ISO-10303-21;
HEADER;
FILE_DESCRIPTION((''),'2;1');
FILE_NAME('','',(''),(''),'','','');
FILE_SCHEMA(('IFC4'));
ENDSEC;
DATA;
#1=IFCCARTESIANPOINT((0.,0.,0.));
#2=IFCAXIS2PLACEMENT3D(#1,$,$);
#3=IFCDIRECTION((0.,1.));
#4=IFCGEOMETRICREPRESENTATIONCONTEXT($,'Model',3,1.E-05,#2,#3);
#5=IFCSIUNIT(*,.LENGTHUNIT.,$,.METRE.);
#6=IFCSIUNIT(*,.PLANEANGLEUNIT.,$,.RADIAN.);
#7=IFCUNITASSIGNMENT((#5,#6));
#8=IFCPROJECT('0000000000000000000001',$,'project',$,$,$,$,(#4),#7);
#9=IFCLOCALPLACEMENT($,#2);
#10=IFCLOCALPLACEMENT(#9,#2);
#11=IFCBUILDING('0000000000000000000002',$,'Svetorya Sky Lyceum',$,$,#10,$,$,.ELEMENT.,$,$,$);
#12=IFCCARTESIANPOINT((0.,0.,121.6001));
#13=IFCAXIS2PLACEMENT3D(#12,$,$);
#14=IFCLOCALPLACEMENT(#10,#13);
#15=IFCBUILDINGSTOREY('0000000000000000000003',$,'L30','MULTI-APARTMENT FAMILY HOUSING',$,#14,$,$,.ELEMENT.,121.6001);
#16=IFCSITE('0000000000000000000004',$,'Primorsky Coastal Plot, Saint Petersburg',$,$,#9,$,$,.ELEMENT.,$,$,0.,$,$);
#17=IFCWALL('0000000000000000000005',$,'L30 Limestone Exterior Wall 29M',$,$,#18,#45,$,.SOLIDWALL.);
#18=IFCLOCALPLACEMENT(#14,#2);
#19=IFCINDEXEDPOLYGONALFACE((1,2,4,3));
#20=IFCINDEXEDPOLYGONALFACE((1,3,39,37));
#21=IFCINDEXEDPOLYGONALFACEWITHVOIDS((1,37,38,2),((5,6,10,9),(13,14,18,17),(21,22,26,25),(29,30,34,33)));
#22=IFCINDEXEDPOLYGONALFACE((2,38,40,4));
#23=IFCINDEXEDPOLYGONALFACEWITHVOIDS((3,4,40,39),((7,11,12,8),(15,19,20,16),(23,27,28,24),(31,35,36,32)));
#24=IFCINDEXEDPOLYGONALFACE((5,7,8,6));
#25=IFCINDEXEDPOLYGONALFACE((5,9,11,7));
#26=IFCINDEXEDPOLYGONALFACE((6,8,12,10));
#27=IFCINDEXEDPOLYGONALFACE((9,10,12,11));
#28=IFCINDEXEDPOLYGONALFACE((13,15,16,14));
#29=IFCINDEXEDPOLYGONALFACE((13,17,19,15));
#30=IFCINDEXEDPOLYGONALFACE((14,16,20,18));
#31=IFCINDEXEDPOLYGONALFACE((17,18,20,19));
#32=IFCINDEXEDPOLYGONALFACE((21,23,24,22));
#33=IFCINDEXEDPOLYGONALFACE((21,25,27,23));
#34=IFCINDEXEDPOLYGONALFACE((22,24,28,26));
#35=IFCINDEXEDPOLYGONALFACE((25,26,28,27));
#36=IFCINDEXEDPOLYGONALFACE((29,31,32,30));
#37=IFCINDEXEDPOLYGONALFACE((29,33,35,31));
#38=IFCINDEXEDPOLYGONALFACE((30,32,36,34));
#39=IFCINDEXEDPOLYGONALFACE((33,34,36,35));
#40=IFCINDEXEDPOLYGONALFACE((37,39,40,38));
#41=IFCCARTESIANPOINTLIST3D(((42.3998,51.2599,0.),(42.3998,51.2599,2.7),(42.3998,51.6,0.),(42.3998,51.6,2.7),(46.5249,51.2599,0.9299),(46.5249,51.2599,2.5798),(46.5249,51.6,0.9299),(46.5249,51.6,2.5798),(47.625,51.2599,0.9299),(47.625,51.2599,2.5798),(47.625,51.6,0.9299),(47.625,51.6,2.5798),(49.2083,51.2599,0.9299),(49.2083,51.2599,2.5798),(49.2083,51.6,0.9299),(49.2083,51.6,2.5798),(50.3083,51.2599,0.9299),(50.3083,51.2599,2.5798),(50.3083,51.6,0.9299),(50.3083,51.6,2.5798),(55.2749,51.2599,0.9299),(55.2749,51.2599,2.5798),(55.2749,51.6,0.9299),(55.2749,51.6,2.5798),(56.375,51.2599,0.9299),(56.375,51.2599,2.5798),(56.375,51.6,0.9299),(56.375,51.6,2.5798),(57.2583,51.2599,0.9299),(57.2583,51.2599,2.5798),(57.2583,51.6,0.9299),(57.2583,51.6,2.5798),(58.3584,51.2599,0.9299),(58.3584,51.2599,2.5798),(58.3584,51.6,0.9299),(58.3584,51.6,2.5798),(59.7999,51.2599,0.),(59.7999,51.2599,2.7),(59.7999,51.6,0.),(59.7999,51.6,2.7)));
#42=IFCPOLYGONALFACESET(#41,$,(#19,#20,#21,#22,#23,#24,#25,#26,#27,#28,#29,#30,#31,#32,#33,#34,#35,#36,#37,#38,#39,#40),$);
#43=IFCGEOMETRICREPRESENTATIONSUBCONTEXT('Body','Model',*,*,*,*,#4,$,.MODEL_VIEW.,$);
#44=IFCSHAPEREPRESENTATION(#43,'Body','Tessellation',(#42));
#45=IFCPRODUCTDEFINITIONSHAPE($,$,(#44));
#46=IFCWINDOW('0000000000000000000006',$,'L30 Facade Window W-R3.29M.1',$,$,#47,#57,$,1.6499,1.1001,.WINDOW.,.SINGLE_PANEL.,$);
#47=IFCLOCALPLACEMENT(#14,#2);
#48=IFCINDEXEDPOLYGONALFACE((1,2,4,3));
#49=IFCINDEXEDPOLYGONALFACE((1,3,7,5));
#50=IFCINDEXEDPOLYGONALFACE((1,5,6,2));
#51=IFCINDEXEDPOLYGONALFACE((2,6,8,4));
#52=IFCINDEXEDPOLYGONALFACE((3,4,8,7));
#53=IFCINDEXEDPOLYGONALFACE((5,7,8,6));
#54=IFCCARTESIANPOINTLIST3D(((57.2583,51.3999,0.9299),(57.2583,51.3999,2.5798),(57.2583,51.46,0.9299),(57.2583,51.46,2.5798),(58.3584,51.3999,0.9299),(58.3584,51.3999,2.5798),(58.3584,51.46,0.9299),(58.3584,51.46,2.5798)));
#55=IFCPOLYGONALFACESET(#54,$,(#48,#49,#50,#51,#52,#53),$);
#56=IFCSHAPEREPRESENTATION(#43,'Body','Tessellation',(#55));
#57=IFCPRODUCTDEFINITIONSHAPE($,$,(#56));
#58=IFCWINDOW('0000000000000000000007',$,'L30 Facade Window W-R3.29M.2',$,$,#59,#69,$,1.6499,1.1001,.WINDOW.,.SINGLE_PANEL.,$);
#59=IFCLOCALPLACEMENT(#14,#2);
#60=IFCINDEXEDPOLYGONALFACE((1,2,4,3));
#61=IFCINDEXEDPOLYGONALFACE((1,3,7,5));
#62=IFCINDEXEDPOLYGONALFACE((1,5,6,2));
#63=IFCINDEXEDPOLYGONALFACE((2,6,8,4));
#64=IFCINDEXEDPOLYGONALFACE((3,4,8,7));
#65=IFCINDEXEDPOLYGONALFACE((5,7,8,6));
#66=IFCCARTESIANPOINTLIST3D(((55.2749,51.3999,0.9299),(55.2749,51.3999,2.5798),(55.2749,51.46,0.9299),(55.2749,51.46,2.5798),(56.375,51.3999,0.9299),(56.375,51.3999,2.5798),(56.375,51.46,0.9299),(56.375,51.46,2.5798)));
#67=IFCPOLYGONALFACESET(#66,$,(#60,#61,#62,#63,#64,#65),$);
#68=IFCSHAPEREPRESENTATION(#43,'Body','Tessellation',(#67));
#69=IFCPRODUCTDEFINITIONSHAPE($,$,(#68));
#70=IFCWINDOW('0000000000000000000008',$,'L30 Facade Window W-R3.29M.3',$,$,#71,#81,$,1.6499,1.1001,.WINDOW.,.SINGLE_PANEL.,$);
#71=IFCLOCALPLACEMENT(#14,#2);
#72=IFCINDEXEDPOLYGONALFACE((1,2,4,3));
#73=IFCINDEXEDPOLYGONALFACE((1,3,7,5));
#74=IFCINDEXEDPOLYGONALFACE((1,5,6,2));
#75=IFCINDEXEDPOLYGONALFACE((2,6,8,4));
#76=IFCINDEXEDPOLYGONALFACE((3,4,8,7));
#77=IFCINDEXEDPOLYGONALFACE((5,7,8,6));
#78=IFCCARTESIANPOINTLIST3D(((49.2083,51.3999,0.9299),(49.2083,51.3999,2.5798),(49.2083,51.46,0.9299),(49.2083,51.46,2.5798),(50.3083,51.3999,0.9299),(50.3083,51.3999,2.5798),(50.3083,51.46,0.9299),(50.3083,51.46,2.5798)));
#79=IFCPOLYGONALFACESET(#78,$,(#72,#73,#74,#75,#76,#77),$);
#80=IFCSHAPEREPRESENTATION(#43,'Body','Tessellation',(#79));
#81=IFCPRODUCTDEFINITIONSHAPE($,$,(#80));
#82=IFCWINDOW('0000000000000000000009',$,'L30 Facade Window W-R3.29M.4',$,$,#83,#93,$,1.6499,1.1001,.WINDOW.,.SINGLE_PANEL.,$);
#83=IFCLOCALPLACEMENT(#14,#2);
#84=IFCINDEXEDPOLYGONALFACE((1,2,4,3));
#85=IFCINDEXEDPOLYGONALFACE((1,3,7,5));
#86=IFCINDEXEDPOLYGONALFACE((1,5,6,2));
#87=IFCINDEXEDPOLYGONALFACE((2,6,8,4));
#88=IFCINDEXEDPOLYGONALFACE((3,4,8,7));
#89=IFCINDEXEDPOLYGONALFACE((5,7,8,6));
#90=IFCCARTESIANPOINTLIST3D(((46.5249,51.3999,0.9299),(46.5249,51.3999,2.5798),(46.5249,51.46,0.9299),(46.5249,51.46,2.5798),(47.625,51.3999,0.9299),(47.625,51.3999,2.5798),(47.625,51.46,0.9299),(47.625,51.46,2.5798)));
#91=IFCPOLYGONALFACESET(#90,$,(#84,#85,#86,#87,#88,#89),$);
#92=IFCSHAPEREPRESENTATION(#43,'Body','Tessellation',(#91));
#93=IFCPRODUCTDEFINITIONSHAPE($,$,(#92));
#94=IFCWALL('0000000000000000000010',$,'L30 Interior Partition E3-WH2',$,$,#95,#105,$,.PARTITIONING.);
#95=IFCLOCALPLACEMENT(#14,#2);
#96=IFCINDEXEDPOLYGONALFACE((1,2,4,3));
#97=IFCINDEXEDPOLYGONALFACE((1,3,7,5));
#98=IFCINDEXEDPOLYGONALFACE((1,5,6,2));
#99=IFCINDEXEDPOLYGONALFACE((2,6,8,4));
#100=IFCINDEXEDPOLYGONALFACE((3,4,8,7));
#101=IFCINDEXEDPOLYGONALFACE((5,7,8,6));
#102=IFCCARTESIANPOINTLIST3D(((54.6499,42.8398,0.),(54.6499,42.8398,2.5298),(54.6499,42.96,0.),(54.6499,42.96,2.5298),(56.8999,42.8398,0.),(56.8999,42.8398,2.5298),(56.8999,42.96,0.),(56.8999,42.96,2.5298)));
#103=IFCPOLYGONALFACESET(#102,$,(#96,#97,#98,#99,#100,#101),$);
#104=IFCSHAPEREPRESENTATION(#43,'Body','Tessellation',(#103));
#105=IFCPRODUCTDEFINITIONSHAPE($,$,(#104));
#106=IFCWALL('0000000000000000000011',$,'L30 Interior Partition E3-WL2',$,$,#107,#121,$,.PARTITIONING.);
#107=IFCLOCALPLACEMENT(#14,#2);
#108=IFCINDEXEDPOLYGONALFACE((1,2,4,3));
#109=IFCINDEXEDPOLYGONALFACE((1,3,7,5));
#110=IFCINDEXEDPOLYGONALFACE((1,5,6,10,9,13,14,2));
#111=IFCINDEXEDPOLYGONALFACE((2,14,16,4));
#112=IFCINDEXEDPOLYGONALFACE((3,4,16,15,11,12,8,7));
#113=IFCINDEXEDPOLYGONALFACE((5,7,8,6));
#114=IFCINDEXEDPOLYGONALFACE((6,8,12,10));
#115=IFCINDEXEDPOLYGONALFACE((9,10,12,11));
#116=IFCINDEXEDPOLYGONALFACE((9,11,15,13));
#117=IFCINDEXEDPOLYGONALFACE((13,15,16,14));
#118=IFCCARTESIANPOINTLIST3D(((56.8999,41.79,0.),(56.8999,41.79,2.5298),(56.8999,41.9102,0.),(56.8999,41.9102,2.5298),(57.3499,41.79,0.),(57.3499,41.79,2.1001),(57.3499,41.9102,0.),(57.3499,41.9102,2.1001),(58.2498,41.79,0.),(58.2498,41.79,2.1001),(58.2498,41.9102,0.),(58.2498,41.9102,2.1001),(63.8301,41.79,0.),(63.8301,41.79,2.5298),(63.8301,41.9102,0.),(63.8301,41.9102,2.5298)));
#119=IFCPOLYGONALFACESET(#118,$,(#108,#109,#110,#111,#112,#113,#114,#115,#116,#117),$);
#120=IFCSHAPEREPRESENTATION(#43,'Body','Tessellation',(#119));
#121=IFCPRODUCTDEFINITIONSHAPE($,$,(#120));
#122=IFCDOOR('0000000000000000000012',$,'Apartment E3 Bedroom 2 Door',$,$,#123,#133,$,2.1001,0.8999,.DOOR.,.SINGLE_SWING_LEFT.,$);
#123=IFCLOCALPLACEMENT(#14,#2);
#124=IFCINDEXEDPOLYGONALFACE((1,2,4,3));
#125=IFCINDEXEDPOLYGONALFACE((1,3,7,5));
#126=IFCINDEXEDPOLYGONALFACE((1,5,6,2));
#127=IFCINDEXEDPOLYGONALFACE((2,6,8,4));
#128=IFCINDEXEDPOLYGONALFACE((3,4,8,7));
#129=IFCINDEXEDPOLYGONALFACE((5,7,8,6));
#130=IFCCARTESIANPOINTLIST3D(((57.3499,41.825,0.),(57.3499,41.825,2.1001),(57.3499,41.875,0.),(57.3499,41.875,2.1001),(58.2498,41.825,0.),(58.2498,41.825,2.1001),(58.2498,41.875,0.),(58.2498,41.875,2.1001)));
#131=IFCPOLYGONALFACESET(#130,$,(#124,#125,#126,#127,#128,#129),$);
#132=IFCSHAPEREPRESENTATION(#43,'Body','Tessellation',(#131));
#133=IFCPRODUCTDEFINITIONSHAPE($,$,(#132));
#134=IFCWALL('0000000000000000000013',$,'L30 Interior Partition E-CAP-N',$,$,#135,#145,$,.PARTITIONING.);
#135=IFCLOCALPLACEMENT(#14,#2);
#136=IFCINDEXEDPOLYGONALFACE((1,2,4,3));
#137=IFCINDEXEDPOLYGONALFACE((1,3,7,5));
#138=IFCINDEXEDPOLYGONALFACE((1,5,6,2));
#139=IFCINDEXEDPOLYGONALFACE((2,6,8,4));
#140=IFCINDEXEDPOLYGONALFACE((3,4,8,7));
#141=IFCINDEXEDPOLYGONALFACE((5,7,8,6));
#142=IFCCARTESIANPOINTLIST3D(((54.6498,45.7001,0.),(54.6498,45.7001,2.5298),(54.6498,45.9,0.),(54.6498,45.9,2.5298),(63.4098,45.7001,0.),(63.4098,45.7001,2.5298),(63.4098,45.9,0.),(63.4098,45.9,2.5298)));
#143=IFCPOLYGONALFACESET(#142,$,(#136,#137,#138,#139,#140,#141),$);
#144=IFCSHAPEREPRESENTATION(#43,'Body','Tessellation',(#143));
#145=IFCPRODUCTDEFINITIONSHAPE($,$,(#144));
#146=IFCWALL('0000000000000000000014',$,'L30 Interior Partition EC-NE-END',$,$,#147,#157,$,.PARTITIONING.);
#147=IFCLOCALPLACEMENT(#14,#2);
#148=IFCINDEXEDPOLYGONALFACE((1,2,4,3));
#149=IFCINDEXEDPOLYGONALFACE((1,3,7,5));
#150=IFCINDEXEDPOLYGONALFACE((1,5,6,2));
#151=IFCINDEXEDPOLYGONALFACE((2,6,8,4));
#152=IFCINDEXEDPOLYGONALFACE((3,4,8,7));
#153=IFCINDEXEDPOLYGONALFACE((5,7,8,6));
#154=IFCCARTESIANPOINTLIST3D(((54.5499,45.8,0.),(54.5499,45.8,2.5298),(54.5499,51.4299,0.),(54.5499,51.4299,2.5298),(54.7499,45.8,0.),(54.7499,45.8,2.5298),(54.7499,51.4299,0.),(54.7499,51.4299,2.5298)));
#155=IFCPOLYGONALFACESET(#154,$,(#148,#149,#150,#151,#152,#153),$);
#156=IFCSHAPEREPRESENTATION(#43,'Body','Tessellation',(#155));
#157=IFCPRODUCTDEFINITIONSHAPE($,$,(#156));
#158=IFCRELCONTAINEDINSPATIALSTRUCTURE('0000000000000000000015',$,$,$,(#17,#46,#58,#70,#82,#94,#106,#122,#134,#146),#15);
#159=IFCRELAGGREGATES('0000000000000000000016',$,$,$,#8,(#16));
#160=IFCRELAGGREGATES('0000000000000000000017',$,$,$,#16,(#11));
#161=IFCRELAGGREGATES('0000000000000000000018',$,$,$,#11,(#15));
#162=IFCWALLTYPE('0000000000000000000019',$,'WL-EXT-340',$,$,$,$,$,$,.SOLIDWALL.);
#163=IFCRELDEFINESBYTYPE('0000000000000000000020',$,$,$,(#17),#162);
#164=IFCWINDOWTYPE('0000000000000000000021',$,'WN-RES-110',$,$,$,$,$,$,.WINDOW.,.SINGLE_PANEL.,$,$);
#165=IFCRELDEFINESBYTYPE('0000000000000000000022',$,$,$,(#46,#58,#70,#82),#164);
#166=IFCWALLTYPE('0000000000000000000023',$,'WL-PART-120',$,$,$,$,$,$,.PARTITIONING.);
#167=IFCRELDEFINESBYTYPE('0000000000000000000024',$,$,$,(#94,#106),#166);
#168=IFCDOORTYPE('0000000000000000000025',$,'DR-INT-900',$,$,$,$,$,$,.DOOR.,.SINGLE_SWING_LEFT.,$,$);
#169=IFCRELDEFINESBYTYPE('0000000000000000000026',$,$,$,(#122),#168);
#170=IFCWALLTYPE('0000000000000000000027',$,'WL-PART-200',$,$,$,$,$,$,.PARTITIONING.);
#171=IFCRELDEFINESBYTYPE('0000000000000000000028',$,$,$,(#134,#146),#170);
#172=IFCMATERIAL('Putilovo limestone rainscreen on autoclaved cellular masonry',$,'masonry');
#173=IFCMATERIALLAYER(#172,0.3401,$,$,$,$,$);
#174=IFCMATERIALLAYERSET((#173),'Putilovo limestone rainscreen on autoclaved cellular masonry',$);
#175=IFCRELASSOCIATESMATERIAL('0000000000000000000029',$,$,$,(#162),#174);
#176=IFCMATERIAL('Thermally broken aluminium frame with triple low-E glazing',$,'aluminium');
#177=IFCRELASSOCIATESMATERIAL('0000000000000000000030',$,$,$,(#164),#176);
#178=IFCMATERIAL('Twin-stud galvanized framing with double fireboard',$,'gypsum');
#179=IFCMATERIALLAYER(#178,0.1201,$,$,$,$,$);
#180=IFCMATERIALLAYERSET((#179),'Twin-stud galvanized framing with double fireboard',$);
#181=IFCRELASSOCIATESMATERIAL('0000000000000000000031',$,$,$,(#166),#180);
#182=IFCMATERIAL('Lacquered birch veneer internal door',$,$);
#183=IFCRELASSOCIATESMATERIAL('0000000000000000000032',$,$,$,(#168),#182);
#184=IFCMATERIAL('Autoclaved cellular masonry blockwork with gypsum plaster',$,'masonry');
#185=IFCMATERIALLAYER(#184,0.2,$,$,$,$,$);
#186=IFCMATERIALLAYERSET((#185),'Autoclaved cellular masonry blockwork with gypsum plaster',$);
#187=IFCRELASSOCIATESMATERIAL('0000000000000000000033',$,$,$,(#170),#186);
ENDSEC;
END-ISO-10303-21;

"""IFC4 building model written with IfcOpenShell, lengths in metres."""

from ifc_helpers import new_model, si_unit, direction, frame, frame_2d, origin, place, context, subcontext, project, spatial, rectangle, extrude, material, layer, layer_set, type_object, element, fill, save


model = new_model("IFC4")

# Units and contexts
model_context = context("Model", 3, precision=1e-05, world=origin(), true_north=direction((0.0, 1.0)))
body_context = subcontext(model_context, "Body", "Model", "MODEL_VIEW")
ifc_project = project(units=[si_unit("LENGTHUNIT", "METRE"), si_unit("PLANEANGLEUNIT", "RADIAN")], contexts=[model_context])

# Site, building, storey
site_placement = place(None, origin())
site = spatial("IfcSite", under=ifc_project, at=site_placement, Name="Primorsky Coastal Plot, Saint Petersburg", CompositionType="ELEMENT", RefElevation=0.0)
building_placement = place(site_placement, origin())
building = spatial("IfcBuilding", under=site, at=building_placement, Name="Svetorya Sky Lyceum", CompositionType="ELEMENT")
storey_placement = place(building_placement, frame((0.0, 0.0, 121.6001)))
storey = spatial("IfcBuildingStorey", under=building, at=storey_placement, Name="L30", Description="MULTI-APARTMENT FAMILY HOUSING", CompositionType="ELEMENT", Elevation=121.6001)

# Shared definitions
ifc_material_1 = material(Name="Putilovo limestone rainscreen on autoclaved cellular masonry", Category="masonry")
ifc_layer_1 = layer(ifc_material_1, 0.3401)
ifc_layer_set_1 = layer_set([ifc_layer_1], Name="Putilovo limestone rainscreen on autoclaved cellular masonry")
wall_type_1 = type_object("IfcWallType", Name="WL-EXT-340", PredefinedType="SOLIDWALL", material=ifc_layer_set_1)

# Wall, openings, windows
wall_1_placement = place(storey_placement, frame((59.8, 51.4299, 0.0), z_axis=(0.0, 0.0, 1.0), x_axis=(-1.0, 0.0, 0.0)))
wall_1 = element("IfcWall", 1, at=wall_1_placement, inside=storey, type_object=wall_type_1, Name="L30 Limestone Exterior Wall 29M", PredefinedType="SOLIDWALL", context=body_context, shape_type="SweptSolid", body=[
    extrude(rectangle(XDim=17.4001, YDim=0.3401, at=frame_2d((8.7002, 0.0))), origin(), (0.0, 0.0, 1.0), 2.7),
])
opening_1_placement = place(wall_1_placement, frame((1.4417, 0.0, 0.9299)))
opening_1 = element("IfcOpeningElement", 2, at=opening_1_placement, cuts=wall_1, PredefinedType="OPENING", context=body_context, shape_type="SweptSolid", body=[
    extrude(rectangle(XDim=1.1001, YDim=1.6499, at=frame_2d((0.55, 0.825))), frame((0.0, 0.1799, 0.0), z_axis=(0.0, -1.0, 0.0), x_axis=(1.0, 0.0, 0.0)), (0.0, 0.0, 1.0), 0.3601),
])
opening_2_placement = place(wall_1_placement, frame((3.425, 0.0, 0.9299)))
opening_2 = element("IfcOpeningElement", 3, at=opening_2_placement, cuts=wall_1, PredefinedType="OPENING", context=body_context, shape_type="SweptSolid", body=[
    extrude(rectangle(XDim=1.1001, YDim=1.6499, at=frame_2d((0.55, 0.825))), frame((0.0, 0.1799, 0.0), z_axis=(0.0, -1.0, 0.0), x_axis=(1.0, 0.0, 0.0)), (0.0, 0.0, 1.0), 0.3601),
])
opening_3_placement = place(wall_1_placement, frame((9.4917, 0.0, 0.9299)))
opening_3 = element("IfcOpeningElement", 4, at=opening_3_placement, cuts=wall_1, PredefinedType="OPENING", context=body_context, shape_type="SweptSolid", body=[
    extrude(rectangle(XDim=1.1001, YDim=1.6499, at=frame_2d((0.55, 0.825))), frame((0.0, 0.1799, 0.0), z_axis=(0.0, -1.0, 0.0), x_axis=(1.0, 0.0, 0.0)), (0.0, 0.0, 1.0), 0.3601),
])
opening_4_placement = place(wall_1_placement, frame((12.175, 0.0, 0.9299)))
opening_4 = element("IfcOpeningElement", 5, at=opening_4_placement, cuts=wall_1, PredefinedType="OPENING", context=body_context, shape_type="SweptSolid", body=[
    extrude(rectangle(XDim=1.1001, YDim=1.6499, at=frame_2d((0.55, 0.825))), frame((0.0, 0.1799, 0.0), z_axis=(0.0, -1.0, 0.0), x_axis=(1.0, 0.0, 0.0)), (0.0, 0.0, 1.0), 0.3601),
])
ifc_material_2 = material(Name="Thermally broken aluminium frame with triple low-E glazing", Category="aluminium")
window_type = type_object("IfcWindowType", Name="WN-RES-110", PartitioningType="SINGLE_PANEL", PredefinedType="WINDOW", material=ifc_material_2)
window_1_placement = place(opening_1_placement, origin())
window_1 = element("IfcWindow", 6, at=window_1_placement, inside=storey, type_object=window_type, Name="L30 Facade Window W-R3.29M.1", OverallHeight=1.6499, OverallWidth=1.1001, PartitioningType="SINGLE_PANEL", PredefinedType="WINDOW", context=body_context, shape_type="SweptSolid", body=[
    extrude(rectangle(XDim=1.1001, YDim=1.6499, at=frame_2d((0.55, 0.825))), frame((0.0, 0.03, 0.0), z_axis=(0.0, -1.0, 0.0), x_axis=(1.0, 0.0, 0.0)), (0.0, 0.0, 1.0), 0.0601),
])
fill(opening_1, window_1)
window_2_placement = place(opening_2_placement, origin())
window_2 = element("IfcWindow", 7, at=window_2_placement, inside=storey, type_object=window_type, Name="L30 Facade Window W-R3.29M.2", OverallHeight=1.6499, OverallWidth=1.1001, PartitioningType="SINGLE_PANEL", PredefinedType="WINDOW", context=body_context, shape_type="SweptSolid", body=[
    extrude(rectangle(XDim=1.1001, YDim=1.6499, at=frame_2d((0.55, 0.825))), frame((0.0, 0.03, 0.0), z_axis=(0.0, -1.0, 0.0), x_axis=(1.0, 0.0, 0.0)), (0.0, 0.0, 1.0), 0.0601),
])
fill(opening_2, window_2)
window_3_placement = place(opening_3_placement, origin())
window_3 = element("IfcWindow", 8, at=window_3_placement, inside=storey, type_object=window_type, Name="L30 Facade Window W-R3.29M.3", OverallHeight=1.6499, OverallWidth=1.1001, PartitioningType="SINGLE_PANEL", PredefinedType="WINDOW", context=body_context, shape_type="SweptSolid", body=[
    extrude(rectangle(XDim=1.1001, YDim=1.6499, at=frame_2d((0.55, 0.825))), frame((0.0, 0.03, 0.0), z_axis=(0.0, -1.0, 0.0), x_axis=(1.0, 0.0, 0.0)), (0.0, 0.0, 1.0), 0.0601),
])
fill(opening_3, window_3)
window_4_placement = place(opening_4_placement, origin())
window_4 = element("IfcWindow", 9, at=window_4_placement, inside=storey, type_object=window_type, Name="L30 Facade Window W-R3.29M.4", OverallHeight=1.6499, OverallWidth=1.1001, PartitioningType="SINGLE_PANEL", PredefinedType="WINDOW", context=body_context, shape_type="SweptSolid", body=[
    extrude(rectangle(XDim=1.1001, YDim=1.6499, at=frame_2d((0.55, 0.825))), frame((0.0, 0.03, 0.0), z_axis=(0.0, -1.0, 0.0), x_axis=(1.0, 0.0, 0.0)), (0.0, 0.0, 1.0), 0.0601),
])
fill(opening_4, window_4)

# Wall
ifc_material_3 = material(Name="Twin-stud galvanized framing with double fireboard", Category="gypsum")
ifc_layer_2 = layer(ifc_material_3, 0.1201)
ifc_layer_set_2 = layer_set([ifc_layer_2], Name="Twin-stud galvanized framing with double fireboard")
wall_type_2 = type_object("IfcWallType", Name="WL-PART-120", PredefinedType="PARTITIONING", material=ifc_layer_set_2)
wall_2_placement = place(storey_placement, frame((54.6499, 42.8999, 0.0), z_axis=(0.0, 0.0, 1.0), x_axis=(1.0, 0.0, 0.0)))
element("IfcWall", 10, at=wall_2_placement, inside=storey, type_object=wall_type_2, Name="L30 Interior Partition E3-WH2", PredefinedType="PARTITIONING", context=body_context, shape_type="SweptSolid", body=[
    extrude(rectangle(XDim=2.25, YDim=0.1201, at=frame_2d((1.125, 0.0))), origin(), (0.0, 0.0, 1.0), 2.5298),
])

# Wall, opening, door
wall_3_placement = place(storey_placement, frame((56.8999, 41.8501, 0.0), z_axis=(0.0, 0.0, 1.0), x_axis=(1.0, 0.0, 0.0)))
wall_3 = element("IfcWall", 11, at=wall_3_placement, inside=storey, type_object=wall_type_2, Name="L30 Interior Partition E3-WL2", PredefinedType="PARTITIONING", context=body_context, shape_type="SweptSolid", body=[
    extrude(rectangle(XDim=6.9302, YDim=0.1201, at=frame_2d((3.4651, 0.0))), origin(), (0.0, 0.0, 1.0), 2.5298),
])
opening_5_placement = place(wall_3_placement, frame((0.45, 0.0, 0.0)))
opening_5 = element("IfcOpeningElement", 12, at=opening_5_placement, cuts=wall_3, PredefinedType="OPENING", context=body_context, shape_type="SweptSolid", body=[
    extrude(rectangle(XDim=0.8999, YDim=2.1001, at=frame_2d((0.45, 1.05))), frame((0.0, 0.0701, 0.0), z_axis=(0.0, -1.0, 0.0), x_axis=(1.0, 0.0, 0.0)), (0.0, 0.0, 1.0), 0.1401),
])
ifc_material_4 = material(Name="Lacquered birch veneer internal door")
door_type = type_object("IfcDoorType", Name="DR-INT-900", OperationType="SINGLE_SWING_LEFT", PredefinedType="DOOR", material=ifc_material_4)
door_1_placement = place(opening_5_placement, origin())
door_1 = element("IfcDoor", 13, at=door_1_placement, inside=storey, type_object=door_type, Name="Apartment E3 Bedroom 2 Door", OperationType="SINGLE_SWING_LEFT", OverallHeight=2.1001, OverallWidth=0.8999, PredefinedType="DOOR", context=body_context, shape_type="SweptSolid", body=[
    extrude(rectangle(XDim=0.8999, YDim=2.1001, at=frame_2d((0.45, 1.05))), frame((0.0, 0.0249, 0.0), z_axis=(0.0, -1.0, 0.0), x_axis=(1.0, 0.0, 0.0)), (0.0, 0.0, 1.0), 0.05),
])
fill(opening_5, door_1)

# Walls
ifc_material_5 = material(Name="Autoclaved cellular masonry blockwork with gypsum plaster", Category="masonry")
ifc_layer_3 = layer(ifc_material_5, 0.2)
ifc_layer_set_3 = layer_set([ifc_layer_3], Name="Autoclaved cellular masonry blockwork with gypsum plaster")
wall_type_3 = type_object("IfcWallType", Name="WL-PART-200", PredefinedType="PARTITIONING", material=ifc_layer_set_3)
wall_4_placement = place(storey_placement, frame((54.6499, 45.8, 0.0), z_axis=(0.0, 0.0, 1.0), x_axis=(1.0, 0.0, 0.0)))
element("IfcWall", 14, at=wall_4_placement, inside=storey, type_object=wall_type_3, Name="L30 Interior Partition E-CAP-N", PredefinedType="PARTITIONING", context=body_context, shape_type="SweptSolid", body=[
    extrude(rectangle(XDim=8.76, YDim=0.2, at=frame_2d((4.3799, 0.0))), origin(), (0.0, 0.0, 1.0), 2.5298),
])
wall_5_placement = place(storey_placement, frame((54.6499, 45.8, 0.0), z_axis=(0.0, 0.0, 1.0), x_axis=(0.0, 1.0, 0.0)))
element("IfcWall", 15, at=wall_5_placement, inside=storey, type_object=wall_type_3, Name="L30 Interior Partition EC-NE-END", PredefinedType="PARTITIONING", context=body_context, shape_type="SweptSolid", body=[
    extrude(rectangle(XDim=5.6299, YDim=0.2, at=frame_2d((2.8149, 0.0))), origin(), (0.0, 0.0, 1.0), 2.5298),
])

save(model, "model.ifc")
